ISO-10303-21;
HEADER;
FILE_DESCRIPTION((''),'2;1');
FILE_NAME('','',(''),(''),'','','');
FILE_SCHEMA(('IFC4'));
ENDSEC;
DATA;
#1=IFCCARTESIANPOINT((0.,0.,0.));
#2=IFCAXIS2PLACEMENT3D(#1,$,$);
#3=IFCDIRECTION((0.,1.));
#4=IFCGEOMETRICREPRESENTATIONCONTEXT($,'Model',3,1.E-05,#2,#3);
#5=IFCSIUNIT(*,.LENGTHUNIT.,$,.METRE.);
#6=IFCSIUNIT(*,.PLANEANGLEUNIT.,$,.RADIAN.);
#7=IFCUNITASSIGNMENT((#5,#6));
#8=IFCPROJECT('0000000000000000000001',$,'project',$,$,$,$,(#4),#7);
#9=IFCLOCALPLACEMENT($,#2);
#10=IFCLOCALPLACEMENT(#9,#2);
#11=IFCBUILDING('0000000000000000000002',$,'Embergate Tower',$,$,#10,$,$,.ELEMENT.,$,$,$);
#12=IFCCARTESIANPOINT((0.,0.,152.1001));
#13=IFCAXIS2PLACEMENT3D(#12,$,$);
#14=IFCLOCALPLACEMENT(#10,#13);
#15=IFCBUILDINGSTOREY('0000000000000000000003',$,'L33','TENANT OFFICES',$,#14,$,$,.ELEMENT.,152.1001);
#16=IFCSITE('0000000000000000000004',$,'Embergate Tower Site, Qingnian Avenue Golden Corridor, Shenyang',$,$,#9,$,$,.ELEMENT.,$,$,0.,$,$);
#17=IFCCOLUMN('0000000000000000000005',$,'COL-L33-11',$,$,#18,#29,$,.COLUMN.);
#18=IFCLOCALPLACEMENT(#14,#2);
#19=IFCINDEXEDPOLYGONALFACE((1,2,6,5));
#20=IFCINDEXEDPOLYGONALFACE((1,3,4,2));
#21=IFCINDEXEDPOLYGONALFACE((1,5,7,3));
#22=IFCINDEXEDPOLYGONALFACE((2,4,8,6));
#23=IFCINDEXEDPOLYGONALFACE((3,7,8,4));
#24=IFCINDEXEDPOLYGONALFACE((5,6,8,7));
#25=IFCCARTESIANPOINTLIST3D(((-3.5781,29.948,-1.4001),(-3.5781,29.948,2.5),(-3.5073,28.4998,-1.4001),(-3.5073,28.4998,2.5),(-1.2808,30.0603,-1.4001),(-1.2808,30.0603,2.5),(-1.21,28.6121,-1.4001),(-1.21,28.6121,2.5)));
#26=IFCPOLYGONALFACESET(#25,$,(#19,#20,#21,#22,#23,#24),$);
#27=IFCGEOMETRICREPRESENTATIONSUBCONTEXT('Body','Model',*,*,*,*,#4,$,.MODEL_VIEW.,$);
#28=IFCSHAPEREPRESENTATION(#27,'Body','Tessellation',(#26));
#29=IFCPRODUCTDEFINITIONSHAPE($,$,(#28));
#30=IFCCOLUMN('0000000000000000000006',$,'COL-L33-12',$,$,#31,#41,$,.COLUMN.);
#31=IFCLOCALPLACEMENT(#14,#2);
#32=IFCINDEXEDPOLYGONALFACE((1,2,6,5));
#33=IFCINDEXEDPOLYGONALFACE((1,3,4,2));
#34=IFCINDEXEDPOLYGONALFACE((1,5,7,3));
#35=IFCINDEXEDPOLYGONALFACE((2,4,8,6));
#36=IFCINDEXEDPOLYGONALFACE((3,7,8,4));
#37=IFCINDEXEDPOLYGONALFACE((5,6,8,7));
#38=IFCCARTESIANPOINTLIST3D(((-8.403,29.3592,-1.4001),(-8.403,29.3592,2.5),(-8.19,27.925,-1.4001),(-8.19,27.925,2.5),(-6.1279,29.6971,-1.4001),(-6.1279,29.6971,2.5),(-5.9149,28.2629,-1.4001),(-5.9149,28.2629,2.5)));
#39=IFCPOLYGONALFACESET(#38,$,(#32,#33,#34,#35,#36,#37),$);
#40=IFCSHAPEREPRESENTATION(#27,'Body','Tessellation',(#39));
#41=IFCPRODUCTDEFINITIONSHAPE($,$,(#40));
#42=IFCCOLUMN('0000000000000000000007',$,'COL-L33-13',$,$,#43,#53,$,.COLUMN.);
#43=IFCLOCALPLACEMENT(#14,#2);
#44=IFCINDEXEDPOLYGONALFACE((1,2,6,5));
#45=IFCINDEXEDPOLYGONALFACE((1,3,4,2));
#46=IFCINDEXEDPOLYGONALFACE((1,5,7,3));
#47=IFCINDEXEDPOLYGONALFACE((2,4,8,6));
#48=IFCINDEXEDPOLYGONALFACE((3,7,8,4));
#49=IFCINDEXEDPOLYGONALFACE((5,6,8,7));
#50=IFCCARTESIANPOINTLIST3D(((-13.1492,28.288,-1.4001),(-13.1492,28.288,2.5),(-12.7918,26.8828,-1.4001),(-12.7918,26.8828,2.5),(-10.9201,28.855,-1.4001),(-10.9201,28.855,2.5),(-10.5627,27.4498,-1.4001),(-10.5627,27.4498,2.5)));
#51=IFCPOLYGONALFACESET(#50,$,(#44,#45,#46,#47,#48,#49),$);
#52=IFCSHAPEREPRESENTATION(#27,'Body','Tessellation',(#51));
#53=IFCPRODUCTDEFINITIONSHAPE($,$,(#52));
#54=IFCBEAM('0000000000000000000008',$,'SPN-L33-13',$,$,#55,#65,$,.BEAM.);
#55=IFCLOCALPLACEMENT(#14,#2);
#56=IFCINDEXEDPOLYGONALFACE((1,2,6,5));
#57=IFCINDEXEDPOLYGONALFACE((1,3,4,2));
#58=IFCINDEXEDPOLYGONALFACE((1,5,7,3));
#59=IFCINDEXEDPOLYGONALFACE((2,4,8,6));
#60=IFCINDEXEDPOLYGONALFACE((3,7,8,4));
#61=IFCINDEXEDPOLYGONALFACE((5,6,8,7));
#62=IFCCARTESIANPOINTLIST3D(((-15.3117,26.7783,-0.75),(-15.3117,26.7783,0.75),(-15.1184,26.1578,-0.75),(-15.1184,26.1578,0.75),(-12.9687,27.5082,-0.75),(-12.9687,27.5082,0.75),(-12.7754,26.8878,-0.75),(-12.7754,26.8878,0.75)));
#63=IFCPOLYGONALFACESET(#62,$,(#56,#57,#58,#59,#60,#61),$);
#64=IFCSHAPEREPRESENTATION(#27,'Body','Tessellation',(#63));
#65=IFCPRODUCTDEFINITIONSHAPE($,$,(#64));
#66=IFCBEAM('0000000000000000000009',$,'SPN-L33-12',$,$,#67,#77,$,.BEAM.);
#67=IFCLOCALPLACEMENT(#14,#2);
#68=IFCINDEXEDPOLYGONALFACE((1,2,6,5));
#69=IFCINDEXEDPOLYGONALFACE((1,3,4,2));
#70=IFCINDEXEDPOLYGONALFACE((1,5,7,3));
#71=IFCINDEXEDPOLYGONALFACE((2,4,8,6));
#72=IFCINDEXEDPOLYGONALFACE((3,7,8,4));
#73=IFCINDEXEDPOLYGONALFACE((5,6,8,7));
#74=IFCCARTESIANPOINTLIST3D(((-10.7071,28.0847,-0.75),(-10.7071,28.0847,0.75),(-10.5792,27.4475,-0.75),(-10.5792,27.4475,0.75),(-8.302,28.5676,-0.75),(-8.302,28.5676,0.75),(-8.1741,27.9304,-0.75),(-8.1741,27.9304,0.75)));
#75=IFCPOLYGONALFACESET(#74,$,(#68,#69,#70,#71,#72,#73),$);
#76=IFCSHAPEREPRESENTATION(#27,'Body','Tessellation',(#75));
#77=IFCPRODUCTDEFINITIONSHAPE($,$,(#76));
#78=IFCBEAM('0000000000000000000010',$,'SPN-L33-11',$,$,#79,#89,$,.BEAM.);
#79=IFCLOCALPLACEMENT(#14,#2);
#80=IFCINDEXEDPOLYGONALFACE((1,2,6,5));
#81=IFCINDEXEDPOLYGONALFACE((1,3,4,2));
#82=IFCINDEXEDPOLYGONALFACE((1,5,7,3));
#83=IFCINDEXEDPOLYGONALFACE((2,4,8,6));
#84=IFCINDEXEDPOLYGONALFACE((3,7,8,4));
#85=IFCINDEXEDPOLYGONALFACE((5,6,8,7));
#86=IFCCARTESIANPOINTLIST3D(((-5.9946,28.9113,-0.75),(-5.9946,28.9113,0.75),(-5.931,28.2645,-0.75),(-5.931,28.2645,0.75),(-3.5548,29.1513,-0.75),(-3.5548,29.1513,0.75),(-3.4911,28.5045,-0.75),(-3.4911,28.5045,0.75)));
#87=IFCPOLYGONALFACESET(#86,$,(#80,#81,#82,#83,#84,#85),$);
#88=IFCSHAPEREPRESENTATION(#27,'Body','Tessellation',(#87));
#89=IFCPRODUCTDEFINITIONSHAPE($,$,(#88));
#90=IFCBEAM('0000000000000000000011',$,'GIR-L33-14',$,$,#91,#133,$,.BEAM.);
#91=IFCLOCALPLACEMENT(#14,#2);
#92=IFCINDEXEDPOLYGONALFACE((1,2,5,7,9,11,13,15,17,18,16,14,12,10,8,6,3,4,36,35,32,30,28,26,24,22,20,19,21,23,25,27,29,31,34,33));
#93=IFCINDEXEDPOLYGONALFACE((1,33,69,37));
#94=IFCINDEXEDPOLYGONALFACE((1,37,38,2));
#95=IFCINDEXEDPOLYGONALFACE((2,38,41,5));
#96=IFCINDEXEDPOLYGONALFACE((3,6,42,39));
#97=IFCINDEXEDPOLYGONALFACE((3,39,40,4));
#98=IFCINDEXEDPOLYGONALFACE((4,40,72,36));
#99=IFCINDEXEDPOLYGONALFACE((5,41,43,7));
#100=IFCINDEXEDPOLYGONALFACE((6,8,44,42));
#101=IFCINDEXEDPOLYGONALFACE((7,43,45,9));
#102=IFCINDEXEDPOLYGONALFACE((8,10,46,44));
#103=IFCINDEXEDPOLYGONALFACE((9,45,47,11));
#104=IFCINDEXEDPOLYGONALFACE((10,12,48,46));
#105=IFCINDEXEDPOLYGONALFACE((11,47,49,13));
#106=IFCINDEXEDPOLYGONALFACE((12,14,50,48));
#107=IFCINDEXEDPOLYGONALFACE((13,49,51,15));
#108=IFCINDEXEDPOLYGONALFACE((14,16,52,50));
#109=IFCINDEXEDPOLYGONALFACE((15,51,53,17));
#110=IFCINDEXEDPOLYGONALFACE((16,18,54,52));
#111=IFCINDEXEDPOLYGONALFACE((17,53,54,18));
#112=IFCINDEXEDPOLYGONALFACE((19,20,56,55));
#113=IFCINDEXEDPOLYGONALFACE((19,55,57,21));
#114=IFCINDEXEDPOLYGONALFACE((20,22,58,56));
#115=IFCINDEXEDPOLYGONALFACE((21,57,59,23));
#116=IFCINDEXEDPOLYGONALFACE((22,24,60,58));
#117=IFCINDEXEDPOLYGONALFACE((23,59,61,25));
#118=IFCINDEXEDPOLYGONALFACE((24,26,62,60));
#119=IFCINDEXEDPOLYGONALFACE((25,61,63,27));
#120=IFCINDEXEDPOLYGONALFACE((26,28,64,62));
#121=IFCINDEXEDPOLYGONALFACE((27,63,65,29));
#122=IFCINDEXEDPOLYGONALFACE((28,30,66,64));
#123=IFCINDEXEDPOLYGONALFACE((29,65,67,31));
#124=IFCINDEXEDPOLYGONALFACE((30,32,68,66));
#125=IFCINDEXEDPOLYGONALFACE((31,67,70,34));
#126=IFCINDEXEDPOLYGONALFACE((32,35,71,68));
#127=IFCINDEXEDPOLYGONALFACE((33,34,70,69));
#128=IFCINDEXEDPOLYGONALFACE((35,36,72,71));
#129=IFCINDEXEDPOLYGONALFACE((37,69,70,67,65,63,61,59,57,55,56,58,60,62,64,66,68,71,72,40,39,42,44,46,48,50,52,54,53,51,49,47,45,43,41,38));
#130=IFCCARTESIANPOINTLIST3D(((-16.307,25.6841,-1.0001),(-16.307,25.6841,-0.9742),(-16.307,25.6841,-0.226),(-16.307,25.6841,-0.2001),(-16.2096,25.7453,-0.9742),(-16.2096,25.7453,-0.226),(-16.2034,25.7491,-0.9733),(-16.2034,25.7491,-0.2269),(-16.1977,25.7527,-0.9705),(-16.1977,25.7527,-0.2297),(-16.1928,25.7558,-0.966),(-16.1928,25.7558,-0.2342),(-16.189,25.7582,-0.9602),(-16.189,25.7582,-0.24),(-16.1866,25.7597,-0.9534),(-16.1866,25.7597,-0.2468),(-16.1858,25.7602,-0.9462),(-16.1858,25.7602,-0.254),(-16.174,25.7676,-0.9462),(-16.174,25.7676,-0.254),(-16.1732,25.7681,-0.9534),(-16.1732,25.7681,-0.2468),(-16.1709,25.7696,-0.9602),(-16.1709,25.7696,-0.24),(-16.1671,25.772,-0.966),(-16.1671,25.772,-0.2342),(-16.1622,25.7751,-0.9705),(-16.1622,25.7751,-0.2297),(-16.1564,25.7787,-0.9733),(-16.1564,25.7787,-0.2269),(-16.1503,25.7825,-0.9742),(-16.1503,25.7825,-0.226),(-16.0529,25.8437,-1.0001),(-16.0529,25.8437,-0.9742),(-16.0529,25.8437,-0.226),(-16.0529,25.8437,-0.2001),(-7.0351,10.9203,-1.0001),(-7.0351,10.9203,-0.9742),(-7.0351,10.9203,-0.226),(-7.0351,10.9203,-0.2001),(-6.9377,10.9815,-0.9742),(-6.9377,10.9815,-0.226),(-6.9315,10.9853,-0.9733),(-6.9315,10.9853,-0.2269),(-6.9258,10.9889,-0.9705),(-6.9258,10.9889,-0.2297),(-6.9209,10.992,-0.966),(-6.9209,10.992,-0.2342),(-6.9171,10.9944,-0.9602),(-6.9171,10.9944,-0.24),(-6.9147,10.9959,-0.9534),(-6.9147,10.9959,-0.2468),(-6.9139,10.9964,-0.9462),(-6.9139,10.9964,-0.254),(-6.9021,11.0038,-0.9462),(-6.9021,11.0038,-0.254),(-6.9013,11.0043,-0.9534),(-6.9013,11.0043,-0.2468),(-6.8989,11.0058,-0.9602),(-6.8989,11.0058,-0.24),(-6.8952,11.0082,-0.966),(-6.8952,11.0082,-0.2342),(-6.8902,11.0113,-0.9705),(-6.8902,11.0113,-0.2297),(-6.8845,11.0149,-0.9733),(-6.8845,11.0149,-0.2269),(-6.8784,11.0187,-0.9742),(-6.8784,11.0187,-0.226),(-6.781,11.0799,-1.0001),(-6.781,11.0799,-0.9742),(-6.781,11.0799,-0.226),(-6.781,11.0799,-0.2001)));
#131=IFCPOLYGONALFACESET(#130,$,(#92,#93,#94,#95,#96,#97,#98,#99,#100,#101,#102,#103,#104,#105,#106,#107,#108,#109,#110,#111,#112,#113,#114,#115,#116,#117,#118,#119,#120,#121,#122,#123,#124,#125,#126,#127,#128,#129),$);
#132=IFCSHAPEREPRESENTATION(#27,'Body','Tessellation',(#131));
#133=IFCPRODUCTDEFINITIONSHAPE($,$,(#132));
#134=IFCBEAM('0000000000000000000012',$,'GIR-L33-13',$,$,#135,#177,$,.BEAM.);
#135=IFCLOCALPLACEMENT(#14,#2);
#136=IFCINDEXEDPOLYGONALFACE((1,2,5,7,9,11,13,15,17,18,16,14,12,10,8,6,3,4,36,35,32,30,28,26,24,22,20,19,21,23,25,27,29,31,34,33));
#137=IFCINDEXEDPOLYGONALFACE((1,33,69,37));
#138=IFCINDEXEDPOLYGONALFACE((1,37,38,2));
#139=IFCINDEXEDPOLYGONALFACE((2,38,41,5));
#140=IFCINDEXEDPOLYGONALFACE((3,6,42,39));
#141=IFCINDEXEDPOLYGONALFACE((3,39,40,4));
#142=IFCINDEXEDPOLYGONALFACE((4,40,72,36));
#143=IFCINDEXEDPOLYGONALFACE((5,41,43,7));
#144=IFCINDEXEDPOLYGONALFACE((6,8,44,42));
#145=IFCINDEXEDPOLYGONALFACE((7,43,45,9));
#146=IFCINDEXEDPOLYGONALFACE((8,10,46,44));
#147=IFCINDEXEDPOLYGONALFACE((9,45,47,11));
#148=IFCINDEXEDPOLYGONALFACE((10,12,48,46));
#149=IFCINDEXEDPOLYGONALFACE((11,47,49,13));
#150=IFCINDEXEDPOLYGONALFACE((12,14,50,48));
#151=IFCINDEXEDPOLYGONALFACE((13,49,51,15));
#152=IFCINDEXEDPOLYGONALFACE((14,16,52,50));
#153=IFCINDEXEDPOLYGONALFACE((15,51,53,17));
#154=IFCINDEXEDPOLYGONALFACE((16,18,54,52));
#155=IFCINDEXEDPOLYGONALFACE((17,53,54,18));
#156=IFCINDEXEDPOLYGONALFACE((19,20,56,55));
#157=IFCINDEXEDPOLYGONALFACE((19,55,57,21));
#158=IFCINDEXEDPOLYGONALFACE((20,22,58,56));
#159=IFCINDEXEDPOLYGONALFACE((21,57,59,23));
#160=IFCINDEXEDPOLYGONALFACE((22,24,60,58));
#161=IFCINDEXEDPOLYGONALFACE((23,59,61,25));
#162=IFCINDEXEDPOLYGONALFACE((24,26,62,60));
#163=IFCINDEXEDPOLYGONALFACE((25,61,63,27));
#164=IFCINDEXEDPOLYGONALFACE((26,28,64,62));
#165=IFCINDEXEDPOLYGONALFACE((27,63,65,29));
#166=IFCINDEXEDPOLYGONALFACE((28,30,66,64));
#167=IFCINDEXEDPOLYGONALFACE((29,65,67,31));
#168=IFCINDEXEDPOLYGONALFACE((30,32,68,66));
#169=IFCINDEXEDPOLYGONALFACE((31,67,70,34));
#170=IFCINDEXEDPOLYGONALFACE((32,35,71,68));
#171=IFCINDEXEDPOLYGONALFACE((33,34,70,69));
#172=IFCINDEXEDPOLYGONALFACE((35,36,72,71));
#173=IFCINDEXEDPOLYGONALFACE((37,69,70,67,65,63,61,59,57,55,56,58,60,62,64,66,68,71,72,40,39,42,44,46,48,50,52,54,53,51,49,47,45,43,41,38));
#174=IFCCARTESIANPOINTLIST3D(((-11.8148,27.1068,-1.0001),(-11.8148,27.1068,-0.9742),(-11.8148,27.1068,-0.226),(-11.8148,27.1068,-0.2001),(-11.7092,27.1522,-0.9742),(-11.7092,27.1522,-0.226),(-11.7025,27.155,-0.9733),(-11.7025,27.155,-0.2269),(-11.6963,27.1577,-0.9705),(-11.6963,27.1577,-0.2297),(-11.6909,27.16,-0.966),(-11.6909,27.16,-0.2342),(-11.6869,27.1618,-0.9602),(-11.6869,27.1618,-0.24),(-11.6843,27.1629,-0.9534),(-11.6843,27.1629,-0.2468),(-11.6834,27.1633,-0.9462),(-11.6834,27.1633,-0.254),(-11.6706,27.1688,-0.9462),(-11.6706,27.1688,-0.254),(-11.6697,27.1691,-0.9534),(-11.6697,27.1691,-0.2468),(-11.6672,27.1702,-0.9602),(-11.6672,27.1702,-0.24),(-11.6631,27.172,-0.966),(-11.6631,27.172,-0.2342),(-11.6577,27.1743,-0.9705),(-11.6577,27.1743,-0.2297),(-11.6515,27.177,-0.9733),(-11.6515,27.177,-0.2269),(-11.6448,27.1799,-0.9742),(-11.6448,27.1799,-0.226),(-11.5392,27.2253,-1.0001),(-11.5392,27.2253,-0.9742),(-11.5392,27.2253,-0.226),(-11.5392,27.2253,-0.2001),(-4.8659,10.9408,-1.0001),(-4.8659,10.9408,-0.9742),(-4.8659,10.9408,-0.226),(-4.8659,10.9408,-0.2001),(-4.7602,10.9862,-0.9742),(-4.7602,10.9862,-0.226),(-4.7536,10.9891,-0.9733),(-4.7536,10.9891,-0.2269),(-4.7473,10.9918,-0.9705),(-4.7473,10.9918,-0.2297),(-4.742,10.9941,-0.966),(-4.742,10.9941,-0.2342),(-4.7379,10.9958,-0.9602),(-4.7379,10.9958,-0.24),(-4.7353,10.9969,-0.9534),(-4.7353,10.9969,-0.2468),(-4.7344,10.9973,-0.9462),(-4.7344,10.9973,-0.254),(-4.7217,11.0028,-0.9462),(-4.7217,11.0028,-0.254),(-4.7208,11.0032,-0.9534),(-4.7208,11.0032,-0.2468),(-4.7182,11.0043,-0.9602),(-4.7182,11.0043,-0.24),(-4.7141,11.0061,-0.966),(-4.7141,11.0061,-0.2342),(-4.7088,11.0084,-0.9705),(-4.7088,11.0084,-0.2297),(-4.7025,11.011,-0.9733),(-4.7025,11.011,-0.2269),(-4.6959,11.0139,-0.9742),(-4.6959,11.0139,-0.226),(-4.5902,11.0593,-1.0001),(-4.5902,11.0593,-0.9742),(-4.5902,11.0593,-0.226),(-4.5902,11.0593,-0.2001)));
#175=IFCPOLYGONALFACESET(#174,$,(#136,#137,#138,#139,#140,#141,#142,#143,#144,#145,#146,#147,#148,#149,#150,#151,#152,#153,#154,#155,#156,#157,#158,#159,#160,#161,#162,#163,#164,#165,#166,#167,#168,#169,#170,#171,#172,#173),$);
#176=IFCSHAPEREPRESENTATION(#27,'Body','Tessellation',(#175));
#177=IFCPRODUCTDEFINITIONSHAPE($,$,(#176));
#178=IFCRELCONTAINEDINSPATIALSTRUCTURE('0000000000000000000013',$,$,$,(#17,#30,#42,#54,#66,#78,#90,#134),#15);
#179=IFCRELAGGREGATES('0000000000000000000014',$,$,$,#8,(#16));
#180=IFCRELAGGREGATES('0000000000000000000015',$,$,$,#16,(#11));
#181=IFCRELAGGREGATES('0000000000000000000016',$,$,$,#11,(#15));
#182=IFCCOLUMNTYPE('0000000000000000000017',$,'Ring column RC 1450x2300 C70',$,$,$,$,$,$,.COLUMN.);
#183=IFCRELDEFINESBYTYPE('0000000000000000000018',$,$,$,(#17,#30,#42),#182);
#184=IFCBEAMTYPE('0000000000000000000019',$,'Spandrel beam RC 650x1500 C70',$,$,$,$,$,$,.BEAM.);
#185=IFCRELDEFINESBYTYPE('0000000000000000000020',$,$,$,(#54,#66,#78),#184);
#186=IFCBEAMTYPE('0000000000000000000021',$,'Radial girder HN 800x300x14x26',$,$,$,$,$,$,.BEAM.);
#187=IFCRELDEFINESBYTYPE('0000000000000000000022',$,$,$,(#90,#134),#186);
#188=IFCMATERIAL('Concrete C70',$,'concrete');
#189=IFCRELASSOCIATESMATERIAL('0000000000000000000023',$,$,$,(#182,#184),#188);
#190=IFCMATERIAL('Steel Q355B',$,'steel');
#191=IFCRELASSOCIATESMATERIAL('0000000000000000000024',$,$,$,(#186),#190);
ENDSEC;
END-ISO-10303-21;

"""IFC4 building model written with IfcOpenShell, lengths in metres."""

from ifc_helpers import new_model, si_unit, direction, frame, origin, origin_2d, place, context, subcontext, project, spatial, rectangle, i_section, extrude, source, transform, mapped, material, material_profile, profile_set, type_object, element, save


model = new_model("IFC4")

# Units and contexts
model_context = context("Model", 3, precision=1e-05, world=origin(), true_north=direction((0.0, 1.0)))
body_context = subcontext(model_context, "Body", "Model", "MODEL_VIEW")
ifc_project = project(units=[si_unit("LENGTHUNIT", "METRE"), si_unit("PLANEANGLEUNIT", "RADIAN")], contexts=[model_context])

# Site, building, storey
site_placement = place(None, origin())
site = spatial("IfcSite", under=ifc_project, at=site_placement, Name="Embergate Tower Site, Qingnian Avenue Golden Corridor, Shenyang", CompositionType="ELEMENT", RefElevation=0.0)
building_placement = place(site_placement, origin())
building = spatial("IfcBuilding", under=site, at=building_placement, Name="Embergate Tower", CompositionType="ELEMENT")
storey_placement = place(building_placement, frame((0.0, 0.0, 152.1001)))
storey = spatial("IfcBuildingStorey", under=building, at=storey_placement, Name="L33", Description="TENANT OFFICES", CompositionType="ELEMENT", Elevation=152.1001)

# Columns
ifc_material_1 = material(Name="Concrete C70", Category="concrete")
ifc_material_profile_1 = material_profile(ifc_material_1, rectangle(XDim=1.45, YDim=2.3, at=origin_2d()), Name="RC 1450x2300")
ifc_profile_set_1 = profile_set([ifc_material_profile_1], Name="Concrete C70")
column_type = type_object("IfcColumnType", Name="Ring column RC 1450x2300 C70", PredefinedType="COLUMN", material=ifc_profile_set_1)
shared_shape_1 = source(origin(), body_context, "Body", "SweptSolid", [
    extrude(rectangle(XDim=1.45, YDim=2.3, at=origin_2d()), origin(), (0.0, 0.0, 1.0), 3.9001),
])
for number, where, z_axis, x_axis, name in (
    (1, (-2.394, 29.28, -1.4001), (0.0, 0.0, 1.0), (-0.048815, 0.998808, 0.0), "COL-L33-11"),
    (2, (-7.1589, 28.811, -1.4001), (0.0, 0.0, 1.0), (-0.146929, 0.989147, 0.0), "COL-L33-12"),
    (3, (-11.856, 27.8689, -1.4001), (0.0, 0.0, 1.0), (-0.246492, 0.969145, 0.0), "COL-L33-13"),
):
    element("IfcColumn", number, at=place(storey_placement, frame(where, z_axis=z_axis, x_axis=x_axis)), inside=storey, type_object=column_type, Name=name, PredefinedType="COLUMN", context=body_context, shape_type="MappedRepresentation", body=[
        mapped(shared_shape_1, transform((0.0, 0.0, 0.0))),
    ])

# Beams
ifc_material_profile_2 = material_profile(ifc_material_1, rectangle(XDim=0.6499, YDim=1.5, at=origin_2d()), Name="RC 650x1500")
ifc_profile_set_2 = profile_set([ifc_material_profile_2], Name="Concrete C70")
beam_type_1 = type_object("IfcBeamType", Name="Spandrel beam RC 650x1500 C70", PredefinedType="BEAM", material=ifc_profile_set_2)
shared_shape_2 = source(origin(), body_context, "Body", "SweptSolid", [
    extrude(rectangle(XDim=0.6499, YDim=1.5, at=origin_2d()), origin(), (0.0, 0.0, 1.0), 2.4541),
])
beam_1_placement = place(storey_placement, frame((-12.8721, 27.198, 0.0), z_axis=(-0.954736, -0.297454, 0.0), x_axis=(0.297454, -0.954736, 0.0)))
element("IfcBeam", 4, at=beam_1_placement, inside=storey, type_object=beam_type_1, Name="SPN-L33-13", PredefinedType="BEAM", context=body_context, shape_type="MappedRepresentation", body=[
    mapped(shared_shape_2, transform((0.0, 0.0, 0.0))),
])
shared_shape_3 = source(origin(), body_context, "Body", "SweptSolid", [
    extrude(rectangle(XDim=0.6499, YDim=1.5, at=origin_2d()), origin(), (0.0, 0.0, 1.0), 2.4531),
])
beam_2_placement = place(storey_placement, frame((-8.238, 28.249, 0.0), z_axis=(-0.980431, -0.196863, 0.0), x_axis=(0.196863, -0.980431, 0.0)))
element("IfcBeam", 5, at=beam_2_placement, inside=storey, type_object=beam_type_1, Name="SPN-L33-12", PredefinedType="BEAM", context=body_context, shape_type="MappedRepresentation", body=[
    mapped(shared_shape_3, transform((0.0, 0.0, 0.0))),
])
shared_shape_4 = source(origin(), body_context, "Body", "SweptSolid", [
    extrude(rectangle(XDim=0.6499, YDim=1.5, at=origin_2d()), origin(), (0.0, 0.0, 1.0), 2.4517),
])
beam_3_placement = place(storey_placement, frame((-3.5229, 28.8279, 0.0), z_axis=(-0.995198, -0.097887, 0.0), x_axis=(0.097887, -0.995198, 0.0)))
element("IfcBeam", 6, at=beam_3_placement, inside=storey, type_object=beam_type_1, Name="SPN-L33-11", PredefinedType="BEAM", context=body_context, shape_type="MappedRepresentation", body=[
    mapped(shared_shape_4, transform((0.0, 0.0, 0.0))),
])
ifc_material_2 = material(Name="Steel Q355B", Category="steel")
ifc_material_profile_3 = material_profile(ifc_material_2, i_section(OverallWidth=0.3, OverallDepth=0.8, WebThickness=0.0139, FlangeThickness=0.0259, FilletRadius=0.0281, at=origin_2d()), Name="HN 800x300x14x26")
ifc_profile_set_3 = profile_set([ifc_material_profile_3], Name="Steel Q355 grade B")
beam_type_2 = type_object("IfcBeamType", Name="Radial girder HN 800x300x14x26", PredefinedType="BEAM", material=ifc_profile_set_3)
shared_shape_5 = source(origin(), body_context, "Body", "SweptSolid", [
    extrude(i_section(OverallWidth=0.3, OverallDepth=0.8, WebThickness=0.0139, FlangeThickness=0.0259, FilletRadius=0.0281, at=origin_2d()), origin(), (0.0, 0.0, 1.0), 17.4338),
])
beam_4_placement = place(storey_placement, frame((-16.1799, 25.7639, -0.6001), z_axis=(0.531834, -0.846848, 0.0), x_axis=(0.846848, 0.531834, 0.0)))
element("IfcBeam", 7, at=beam_4_placement, inside=storey, type_object=beam_type_2, Name="GIR-L33-14", PredefinedType="BEAM", context=body_context, shape_type="MappedRepresentation", body=[
    mapped(shared_shape_5, transform((0.0, 0.0, 0.0))),
])
shared_shape_6 = source(origin(), body_context, "Body", "SweptSolid", [
    extrude(i_section(OverallWidth=0.3, OverallDepth=0.8, WebThickness=0.0139, FlangeThickness=0.0259, FilletRadius=0.0281, at=origin_2d()), origin(), (0.0, 0.0, 1.0), 17.5962),
])
beam_5_placement = place(storey_placement, frame((-11.677, 27.166, -0.6001), z_axis=(0.394912, -0.918719, 0.0), x_axis=(0.918719, 0.394912, 0.0)))
element("IfcBeam", 8, at=beam_5_placement, inside=storey, type_object=beam_type_2, Name="GIR-L33-13", PredefinedType="BEAM", context=body_context, shape_type="MappedRepresentation", body=[
    mapped(shared_shape_6, transform((0.0, 0.0, 0.0))),
])

save(model, "model.ifc")
